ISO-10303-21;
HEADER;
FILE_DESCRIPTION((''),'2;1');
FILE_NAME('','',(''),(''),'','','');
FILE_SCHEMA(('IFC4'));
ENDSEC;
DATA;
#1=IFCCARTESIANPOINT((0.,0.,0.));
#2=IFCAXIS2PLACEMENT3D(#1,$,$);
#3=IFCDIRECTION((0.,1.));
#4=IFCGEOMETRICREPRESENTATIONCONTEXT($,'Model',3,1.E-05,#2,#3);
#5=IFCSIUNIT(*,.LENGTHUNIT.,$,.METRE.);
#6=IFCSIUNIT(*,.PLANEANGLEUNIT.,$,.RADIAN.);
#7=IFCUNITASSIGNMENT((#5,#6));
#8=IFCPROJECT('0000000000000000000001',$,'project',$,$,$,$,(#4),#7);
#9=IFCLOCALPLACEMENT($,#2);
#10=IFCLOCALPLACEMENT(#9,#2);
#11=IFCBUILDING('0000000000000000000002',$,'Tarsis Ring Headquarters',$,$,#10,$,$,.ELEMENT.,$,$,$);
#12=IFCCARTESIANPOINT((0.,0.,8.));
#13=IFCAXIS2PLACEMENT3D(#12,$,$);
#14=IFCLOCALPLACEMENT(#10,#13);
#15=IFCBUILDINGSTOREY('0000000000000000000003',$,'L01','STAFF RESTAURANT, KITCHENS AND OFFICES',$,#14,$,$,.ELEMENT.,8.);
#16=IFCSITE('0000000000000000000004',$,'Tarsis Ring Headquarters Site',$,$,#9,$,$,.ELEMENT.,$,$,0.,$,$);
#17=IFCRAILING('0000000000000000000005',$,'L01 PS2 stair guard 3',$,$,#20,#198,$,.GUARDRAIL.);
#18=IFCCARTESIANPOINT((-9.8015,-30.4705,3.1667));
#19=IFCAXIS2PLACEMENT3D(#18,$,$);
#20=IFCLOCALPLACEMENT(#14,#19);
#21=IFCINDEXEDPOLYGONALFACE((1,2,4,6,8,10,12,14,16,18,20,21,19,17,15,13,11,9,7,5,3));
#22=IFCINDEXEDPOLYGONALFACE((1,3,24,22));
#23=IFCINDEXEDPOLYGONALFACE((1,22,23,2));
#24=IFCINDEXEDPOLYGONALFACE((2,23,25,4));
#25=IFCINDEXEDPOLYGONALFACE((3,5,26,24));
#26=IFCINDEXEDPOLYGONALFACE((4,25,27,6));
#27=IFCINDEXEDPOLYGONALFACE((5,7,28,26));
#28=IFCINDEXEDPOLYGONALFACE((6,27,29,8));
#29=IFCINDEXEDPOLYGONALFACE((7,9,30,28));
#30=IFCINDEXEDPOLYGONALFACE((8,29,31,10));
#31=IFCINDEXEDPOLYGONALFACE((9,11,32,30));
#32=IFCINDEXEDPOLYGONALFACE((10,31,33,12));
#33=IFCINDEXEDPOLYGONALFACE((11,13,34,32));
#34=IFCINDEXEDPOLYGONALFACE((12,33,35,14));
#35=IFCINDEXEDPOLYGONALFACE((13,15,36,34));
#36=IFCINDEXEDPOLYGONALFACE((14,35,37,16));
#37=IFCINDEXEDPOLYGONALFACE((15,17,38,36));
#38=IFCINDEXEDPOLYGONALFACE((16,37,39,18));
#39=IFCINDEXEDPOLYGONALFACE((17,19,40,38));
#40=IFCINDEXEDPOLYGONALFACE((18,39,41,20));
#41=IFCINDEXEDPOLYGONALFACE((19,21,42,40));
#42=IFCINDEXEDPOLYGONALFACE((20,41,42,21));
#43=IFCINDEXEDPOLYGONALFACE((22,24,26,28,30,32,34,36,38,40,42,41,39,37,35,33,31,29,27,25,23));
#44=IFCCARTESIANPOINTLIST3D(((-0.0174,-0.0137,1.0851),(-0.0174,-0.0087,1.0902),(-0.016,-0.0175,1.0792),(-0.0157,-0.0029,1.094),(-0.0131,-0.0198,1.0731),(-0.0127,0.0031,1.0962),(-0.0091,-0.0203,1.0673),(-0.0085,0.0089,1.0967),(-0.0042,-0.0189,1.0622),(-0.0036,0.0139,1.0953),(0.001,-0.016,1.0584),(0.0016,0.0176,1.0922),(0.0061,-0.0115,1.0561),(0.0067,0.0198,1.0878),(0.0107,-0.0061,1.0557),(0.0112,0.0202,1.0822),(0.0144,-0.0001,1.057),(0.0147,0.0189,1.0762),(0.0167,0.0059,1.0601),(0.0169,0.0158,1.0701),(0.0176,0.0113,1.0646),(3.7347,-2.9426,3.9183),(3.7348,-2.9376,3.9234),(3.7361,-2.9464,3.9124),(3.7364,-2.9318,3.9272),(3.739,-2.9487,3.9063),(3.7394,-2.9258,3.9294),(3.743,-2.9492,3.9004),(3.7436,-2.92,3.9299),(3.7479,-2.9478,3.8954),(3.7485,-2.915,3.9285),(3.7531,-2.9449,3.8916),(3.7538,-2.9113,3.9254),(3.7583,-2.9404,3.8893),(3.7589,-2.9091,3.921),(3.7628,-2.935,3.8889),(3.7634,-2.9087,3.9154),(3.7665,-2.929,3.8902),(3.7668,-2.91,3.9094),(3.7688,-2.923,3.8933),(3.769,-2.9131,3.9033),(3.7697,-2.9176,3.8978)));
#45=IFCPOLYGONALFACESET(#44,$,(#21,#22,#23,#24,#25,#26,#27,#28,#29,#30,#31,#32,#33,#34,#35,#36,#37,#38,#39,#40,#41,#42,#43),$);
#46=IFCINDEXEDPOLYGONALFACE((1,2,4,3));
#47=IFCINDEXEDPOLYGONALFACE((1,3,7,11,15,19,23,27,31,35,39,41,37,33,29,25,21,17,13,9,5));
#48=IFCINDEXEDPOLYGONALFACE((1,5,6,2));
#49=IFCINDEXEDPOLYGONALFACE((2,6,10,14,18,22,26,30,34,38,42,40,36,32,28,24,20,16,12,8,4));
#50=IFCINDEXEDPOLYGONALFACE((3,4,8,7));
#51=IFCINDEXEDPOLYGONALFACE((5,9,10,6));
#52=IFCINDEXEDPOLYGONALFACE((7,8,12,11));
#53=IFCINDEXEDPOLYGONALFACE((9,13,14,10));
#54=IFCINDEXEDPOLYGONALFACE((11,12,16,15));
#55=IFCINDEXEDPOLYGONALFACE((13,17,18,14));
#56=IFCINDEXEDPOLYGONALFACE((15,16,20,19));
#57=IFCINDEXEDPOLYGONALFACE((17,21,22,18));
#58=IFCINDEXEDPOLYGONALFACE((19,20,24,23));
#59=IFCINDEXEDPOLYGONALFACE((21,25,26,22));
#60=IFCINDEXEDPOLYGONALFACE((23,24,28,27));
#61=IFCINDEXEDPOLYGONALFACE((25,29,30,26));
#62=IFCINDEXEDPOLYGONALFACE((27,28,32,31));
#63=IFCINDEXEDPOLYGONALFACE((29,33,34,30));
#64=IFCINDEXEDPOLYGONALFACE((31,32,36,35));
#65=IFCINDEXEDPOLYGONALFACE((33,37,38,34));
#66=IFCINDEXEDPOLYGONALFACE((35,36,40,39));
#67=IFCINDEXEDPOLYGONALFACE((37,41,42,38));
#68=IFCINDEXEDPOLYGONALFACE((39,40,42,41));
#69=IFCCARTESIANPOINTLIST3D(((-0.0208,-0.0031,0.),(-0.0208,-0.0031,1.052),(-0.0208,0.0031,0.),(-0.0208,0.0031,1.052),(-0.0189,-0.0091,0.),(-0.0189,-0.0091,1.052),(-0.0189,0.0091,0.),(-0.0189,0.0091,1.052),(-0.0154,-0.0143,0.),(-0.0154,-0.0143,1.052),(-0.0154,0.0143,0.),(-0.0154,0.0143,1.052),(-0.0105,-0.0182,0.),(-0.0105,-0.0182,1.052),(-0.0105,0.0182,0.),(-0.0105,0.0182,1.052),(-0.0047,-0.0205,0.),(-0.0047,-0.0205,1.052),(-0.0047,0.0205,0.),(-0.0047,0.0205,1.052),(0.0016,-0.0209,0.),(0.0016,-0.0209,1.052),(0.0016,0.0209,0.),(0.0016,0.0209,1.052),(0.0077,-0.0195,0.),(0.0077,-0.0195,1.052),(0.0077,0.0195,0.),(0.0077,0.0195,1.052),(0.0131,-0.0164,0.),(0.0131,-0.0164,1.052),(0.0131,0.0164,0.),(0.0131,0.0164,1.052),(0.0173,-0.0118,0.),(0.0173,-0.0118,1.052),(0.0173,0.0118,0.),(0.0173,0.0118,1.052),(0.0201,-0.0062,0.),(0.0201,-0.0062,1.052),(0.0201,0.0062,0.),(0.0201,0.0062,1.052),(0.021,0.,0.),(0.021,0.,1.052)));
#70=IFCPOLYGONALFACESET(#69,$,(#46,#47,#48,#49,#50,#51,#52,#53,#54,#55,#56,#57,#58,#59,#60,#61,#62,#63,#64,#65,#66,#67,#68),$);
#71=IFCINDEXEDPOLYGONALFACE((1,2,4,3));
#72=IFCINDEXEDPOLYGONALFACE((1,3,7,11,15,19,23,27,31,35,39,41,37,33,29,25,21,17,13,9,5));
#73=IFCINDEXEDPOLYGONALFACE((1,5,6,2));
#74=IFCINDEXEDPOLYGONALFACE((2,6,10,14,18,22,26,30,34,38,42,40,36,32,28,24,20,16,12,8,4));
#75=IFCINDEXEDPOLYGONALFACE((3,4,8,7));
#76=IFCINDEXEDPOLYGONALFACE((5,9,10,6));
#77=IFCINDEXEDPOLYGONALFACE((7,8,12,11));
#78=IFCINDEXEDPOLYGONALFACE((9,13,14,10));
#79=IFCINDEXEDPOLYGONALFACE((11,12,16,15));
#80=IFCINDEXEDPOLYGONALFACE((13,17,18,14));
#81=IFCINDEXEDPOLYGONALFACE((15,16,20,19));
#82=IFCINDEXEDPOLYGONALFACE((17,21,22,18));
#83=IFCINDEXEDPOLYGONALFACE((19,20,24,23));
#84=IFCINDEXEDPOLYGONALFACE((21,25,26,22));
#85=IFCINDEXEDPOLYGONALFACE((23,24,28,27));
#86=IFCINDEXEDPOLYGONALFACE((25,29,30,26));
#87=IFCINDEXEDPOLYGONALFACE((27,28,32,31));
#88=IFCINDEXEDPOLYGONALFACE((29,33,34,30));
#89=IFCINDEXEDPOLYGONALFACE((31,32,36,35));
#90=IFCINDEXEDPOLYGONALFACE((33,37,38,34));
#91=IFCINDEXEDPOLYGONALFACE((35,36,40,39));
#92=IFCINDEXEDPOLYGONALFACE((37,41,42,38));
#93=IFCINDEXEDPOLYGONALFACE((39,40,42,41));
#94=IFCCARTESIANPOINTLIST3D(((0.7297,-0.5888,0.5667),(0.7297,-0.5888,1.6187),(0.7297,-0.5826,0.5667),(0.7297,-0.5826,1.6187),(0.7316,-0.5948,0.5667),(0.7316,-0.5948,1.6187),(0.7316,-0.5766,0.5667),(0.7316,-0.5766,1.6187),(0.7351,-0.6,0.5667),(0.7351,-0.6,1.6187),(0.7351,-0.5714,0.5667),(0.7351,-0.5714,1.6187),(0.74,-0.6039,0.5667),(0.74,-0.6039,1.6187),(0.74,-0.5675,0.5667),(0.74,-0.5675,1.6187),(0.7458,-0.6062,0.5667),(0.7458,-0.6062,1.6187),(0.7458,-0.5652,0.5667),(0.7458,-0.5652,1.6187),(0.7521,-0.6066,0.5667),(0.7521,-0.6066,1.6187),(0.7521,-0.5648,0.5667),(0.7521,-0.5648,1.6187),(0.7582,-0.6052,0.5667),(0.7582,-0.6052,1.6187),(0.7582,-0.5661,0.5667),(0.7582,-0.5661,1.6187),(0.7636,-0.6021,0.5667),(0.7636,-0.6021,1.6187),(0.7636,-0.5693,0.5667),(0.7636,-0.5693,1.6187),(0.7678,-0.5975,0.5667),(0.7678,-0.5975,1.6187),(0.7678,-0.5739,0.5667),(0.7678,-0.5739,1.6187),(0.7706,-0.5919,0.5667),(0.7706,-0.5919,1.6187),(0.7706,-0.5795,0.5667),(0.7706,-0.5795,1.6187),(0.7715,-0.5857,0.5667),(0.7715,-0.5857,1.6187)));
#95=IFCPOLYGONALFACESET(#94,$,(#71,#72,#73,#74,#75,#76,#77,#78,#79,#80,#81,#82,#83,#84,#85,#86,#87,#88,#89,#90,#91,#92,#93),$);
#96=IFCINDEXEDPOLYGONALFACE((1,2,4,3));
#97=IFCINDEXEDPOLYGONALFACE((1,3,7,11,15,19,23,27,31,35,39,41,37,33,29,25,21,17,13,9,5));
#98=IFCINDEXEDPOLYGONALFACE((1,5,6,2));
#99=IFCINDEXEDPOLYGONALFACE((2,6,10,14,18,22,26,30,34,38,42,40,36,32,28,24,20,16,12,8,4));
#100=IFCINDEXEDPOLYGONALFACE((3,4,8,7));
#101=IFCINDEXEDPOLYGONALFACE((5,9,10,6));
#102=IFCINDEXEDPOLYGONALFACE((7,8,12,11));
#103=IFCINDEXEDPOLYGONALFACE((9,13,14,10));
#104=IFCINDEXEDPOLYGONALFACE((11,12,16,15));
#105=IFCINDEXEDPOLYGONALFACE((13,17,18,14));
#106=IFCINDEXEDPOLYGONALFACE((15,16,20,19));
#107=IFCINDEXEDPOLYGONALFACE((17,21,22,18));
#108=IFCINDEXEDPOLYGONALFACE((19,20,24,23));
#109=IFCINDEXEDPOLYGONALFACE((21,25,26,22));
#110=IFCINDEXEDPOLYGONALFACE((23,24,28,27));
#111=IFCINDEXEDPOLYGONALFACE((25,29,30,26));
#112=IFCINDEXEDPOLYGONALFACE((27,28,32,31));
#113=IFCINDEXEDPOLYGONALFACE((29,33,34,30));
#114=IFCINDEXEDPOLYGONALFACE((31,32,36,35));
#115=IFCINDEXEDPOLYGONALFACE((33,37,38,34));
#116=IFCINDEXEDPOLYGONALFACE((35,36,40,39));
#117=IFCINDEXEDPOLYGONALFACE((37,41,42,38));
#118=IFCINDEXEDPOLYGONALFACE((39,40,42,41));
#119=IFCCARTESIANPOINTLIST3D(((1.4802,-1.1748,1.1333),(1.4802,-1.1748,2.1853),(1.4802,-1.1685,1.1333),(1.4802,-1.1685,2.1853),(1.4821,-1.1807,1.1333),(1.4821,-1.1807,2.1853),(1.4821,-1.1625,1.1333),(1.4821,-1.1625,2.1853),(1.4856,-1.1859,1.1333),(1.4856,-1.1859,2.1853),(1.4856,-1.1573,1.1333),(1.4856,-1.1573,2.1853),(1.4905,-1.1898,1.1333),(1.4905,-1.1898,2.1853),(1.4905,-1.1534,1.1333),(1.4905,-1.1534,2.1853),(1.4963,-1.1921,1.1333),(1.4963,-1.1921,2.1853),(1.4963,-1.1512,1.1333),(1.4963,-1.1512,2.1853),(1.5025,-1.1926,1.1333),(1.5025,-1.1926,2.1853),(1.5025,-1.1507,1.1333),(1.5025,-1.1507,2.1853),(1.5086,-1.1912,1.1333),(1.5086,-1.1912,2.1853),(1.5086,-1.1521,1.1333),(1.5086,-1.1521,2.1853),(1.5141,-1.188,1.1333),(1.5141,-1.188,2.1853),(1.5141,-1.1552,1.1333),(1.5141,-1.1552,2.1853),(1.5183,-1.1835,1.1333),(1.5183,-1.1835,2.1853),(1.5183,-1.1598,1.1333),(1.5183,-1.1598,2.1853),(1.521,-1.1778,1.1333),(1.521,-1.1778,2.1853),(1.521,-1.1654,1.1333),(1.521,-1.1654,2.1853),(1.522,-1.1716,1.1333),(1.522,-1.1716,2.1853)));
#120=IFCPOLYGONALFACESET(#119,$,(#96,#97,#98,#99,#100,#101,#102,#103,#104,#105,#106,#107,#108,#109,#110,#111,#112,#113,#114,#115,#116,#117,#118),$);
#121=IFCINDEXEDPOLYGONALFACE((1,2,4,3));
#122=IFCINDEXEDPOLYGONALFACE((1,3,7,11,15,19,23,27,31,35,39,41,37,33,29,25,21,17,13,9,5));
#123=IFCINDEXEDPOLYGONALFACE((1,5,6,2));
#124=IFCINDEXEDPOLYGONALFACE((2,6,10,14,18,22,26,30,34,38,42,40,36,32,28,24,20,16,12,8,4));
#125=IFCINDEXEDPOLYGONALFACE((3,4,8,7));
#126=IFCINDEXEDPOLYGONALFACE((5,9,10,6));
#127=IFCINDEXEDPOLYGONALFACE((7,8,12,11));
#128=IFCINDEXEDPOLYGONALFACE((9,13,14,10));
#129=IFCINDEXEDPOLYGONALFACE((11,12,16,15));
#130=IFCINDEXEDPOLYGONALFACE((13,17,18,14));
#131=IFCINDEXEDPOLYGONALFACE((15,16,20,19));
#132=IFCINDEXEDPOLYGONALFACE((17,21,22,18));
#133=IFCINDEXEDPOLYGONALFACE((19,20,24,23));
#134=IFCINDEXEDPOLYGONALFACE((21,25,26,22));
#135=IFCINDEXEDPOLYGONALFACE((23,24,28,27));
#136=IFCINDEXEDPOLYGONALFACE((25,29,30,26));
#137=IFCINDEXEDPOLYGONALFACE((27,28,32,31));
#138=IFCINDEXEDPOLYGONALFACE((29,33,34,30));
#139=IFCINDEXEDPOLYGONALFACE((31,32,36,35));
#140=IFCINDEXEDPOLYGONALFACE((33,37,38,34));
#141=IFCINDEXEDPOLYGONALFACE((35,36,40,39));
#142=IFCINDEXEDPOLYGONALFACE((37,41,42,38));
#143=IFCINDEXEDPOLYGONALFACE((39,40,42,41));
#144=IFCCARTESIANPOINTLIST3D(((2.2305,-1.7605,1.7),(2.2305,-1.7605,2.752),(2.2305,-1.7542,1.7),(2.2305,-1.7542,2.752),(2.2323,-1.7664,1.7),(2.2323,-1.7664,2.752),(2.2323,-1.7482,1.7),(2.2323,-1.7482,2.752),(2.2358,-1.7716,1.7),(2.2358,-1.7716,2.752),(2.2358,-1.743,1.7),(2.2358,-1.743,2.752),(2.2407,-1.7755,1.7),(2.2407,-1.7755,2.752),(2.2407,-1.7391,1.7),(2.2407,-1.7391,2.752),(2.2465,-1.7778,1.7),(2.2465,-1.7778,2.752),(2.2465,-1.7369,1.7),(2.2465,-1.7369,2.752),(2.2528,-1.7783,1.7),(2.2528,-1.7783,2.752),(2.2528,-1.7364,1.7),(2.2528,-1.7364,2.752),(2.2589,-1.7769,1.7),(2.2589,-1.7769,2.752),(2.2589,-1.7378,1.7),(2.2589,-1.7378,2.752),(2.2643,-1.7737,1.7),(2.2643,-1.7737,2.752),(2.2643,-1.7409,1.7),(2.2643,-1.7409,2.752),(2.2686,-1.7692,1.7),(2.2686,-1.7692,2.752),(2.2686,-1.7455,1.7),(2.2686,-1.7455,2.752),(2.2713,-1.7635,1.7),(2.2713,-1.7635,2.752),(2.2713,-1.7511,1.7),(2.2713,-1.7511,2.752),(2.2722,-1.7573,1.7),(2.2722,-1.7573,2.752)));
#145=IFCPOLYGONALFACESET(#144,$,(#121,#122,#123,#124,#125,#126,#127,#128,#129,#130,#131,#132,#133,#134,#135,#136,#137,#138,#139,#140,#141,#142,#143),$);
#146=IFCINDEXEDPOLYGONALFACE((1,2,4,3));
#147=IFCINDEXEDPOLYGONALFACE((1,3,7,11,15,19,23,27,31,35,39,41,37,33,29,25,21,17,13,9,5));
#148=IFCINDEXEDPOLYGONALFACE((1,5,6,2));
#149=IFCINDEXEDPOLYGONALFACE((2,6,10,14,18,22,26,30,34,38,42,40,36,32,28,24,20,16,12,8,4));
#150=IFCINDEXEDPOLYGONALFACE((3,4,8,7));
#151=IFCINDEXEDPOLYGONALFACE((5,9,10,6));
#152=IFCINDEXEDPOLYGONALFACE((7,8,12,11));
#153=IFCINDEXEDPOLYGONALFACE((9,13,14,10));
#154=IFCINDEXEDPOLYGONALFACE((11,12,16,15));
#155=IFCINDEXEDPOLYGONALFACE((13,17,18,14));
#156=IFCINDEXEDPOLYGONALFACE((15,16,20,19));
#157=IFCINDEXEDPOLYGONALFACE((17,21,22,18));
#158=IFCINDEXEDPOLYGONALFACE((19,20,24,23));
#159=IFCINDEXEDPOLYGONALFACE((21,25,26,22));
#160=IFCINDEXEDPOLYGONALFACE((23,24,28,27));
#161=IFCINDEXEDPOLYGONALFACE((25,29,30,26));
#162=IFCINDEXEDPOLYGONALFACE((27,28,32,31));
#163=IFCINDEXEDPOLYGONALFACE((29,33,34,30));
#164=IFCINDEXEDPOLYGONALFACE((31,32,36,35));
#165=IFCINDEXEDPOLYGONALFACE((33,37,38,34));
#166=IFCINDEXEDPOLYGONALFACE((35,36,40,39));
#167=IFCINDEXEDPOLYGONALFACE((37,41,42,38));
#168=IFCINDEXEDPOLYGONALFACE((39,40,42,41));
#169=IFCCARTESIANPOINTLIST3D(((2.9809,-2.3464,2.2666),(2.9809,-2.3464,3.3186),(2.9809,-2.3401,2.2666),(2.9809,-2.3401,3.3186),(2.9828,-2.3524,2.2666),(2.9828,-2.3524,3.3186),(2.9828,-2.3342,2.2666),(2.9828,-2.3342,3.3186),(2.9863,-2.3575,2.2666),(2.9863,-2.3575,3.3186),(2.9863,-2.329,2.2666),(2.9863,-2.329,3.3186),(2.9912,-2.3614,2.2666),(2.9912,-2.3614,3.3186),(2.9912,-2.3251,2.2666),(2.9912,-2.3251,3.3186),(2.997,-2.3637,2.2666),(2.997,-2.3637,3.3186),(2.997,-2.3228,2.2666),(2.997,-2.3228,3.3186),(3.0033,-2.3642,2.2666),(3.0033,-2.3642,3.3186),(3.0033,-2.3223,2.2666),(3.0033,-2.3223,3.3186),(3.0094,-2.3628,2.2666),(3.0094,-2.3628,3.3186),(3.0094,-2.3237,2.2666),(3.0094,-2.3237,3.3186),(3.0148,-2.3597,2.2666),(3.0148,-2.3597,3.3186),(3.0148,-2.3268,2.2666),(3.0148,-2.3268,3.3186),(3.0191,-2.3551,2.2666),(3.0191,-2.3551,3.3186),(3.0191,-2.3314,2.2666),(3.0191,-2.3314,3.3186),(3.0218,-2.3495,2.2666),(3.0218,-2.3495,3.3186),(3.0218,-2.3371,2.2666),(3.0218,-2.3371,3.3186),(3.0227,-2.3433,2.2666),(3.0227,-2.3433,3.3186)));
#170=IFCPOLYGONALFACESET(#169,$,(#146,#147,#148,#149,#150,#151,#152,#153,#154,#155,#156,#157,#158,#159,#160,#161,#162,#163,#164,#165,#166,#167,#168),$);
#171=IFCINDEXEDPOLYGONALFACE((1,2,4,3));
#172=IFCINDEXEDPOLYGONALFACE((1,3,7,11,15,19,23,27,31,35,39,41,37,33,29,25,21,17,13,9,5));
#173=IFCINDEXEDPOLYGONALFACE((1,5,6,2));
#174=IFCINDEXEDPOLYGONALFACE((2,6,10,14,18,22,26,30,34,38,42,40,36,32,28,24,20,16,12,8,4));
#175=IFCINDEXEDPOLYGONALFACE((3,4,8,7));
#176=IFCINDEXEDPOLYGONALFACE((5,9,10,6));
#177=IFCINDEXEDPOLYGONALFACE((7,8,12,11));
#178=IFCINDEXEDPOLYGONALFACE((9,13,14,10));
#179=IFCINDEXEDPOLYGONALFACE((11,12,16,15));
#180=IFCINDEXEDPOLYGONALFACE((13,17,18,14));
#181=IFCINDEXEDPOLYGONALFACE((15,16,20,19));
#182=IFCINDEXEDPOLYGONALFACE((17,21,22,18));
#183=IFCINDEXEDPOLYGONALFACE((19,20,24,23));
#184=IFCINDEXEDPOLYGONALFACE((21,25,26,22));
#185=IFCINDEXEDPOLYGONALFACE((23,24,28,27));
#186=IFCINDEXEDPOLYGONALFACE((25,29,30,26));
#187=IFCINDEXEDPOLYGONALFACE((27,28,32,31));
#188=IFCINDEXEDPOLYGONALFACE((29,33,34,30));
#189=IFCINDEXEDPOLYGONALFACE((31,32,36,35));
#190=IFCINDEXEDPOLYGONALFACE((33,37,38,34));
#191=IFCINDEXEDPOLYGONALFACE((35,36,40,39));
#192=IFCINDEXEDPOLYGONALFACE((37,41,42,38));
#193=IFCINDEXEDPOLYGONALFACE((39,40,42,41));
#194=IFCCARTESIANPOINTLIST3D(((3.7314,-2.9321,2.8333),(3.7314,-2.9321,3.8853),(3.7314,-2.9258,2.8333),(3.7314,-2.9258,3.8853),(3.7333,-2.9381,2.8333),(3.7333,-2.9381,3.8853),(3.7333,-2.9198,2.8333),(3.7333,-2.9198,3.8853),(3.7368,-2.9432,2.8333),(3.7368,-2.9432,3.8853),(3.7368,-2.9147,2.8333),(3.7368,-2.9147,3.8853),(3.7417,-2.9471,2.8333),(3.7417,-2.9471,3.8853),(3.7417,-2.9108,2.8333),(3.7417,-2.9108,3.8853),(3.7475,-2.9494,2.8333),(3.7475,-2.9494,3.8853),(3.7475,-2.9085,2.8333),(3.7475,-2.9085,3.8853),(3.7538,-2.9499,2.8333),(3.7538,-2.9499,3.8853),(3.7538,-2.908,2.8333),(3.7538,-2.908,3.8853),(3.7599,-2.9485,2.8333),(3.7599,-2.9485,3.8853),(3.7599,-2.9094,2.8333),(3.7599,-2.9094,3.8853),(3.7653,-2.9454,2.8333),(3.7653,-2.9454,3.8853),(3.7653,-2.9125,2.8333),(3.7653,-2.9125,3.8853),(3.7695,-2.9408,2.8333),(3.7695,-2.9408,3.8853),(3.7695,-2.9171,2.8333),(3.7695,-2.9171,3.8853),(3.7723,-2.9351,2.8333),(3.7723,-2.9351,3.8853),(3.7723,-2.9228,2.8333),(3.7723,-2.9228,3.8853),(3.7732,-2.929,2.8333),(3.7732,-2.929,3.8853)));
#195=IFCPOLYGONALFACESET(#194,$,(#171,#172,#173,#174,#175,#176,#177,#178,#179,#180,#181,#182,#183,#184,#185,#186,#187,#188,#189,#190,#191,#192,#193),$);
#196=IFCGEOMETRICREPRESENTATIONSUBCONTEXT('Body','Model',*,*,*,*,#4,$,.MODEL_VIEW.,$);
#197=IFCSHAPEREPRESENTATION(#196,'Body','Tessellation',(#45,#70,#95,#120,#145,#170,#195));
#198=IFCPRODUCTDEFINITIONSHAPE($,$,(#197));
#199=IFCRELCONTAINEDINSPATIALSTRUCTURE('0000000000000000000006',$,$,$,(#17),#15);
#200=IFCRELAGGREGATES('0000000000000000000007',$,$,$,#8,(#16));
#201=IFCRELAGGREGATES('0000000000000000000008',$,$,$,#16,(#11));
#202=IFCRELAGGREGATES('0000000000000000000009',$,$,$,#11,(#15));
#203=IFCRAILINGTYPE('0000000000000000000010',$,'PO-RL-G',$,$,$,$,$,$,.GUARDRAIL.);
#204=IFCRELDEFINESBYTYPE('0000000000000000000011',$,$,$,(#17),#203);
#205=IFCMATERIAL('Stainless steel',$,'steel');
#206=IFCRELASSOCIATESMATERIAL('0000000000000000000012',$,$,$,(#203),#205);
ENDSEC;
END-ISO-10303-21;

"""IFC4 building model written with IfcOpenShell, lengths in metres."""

from ifc_helpers import new_model, si_unit, direction, frame, origin, origin_2d, place, context, subcontext, project, spatial, circle, extrude, material, type_object, element, save


model = new_model("IFC4")

# Units and contexts
model_context = context("Model", 3, precision=1e-05, world=origin(), true_north=direction((0.0, 1.0)))
body_context = subcontext(model_context, "Body", "Model", "MODEL_VIEW")
ifc_project = project(units=[si_unit("LENGTHUNIT", "METRE"), si_unit("PLANEANGLEUNIT", "RADIAN")], contexts=[model_context])

# Site, building, storey
site_placement = place(None, origin())
site = spatial("IfcSite", under=ifc_project, at=site_placement, Name="Tarsis Ring Headquarters Site", CompositionType="ELEMENT", RefElevation=0.0)
building_placement = place(site_placement, origin())
building = spatial("IfcBuilding", under=site, at=building_placement, Name="Tarsis Ring Headquarters", CompositionType="ELEMENT")
storey_placement = place(building_placement, frame((0.0, 0.0, 8.0)))
storey = spatial("IfcBuildingStorey", under=building, at=storey_placement, Name="L01", Description="STAFF RESTAURANT, KITCHENS AND OFFICES", CompositionType="ELEMENT", Elevation=8.0)

# Railing
ifc_material_1 = material(Name="Stainless steel", Category="steel")
railing_type_1 = type_object("IfcRailingType", Name="PO-RL-G", PredefinedType="GUARDRAIL", material=ifc_material_1)
railing_1_placement = place(storey_placement, frame((-9.8015, -30.4705, 3.1667)))
element("IfcRailing", 1, at=railing_1_placement, inside=storey, type_object=railing_type_1, Name="L01 PS2 stair guard 3", PredefinedType="GUARDRAIL", context=body_context, shape_type="SweptSolid", body=[
    extrude(circle(Radius=0.0239, at=origin_2d()), frame((0.0, 0.0, 1.0762), z_axis=(0.677364, -0.528748, 0.511472), x_axis=(0.615324, 0.788274, 0.0)), (0.0, 0.0, 1.0), 5.5393),
    extrude(circle(Radius=0.021, at=origin_2d()), origin(), (0.0, 0.0, 1.0), 1.052),
    extrude(circle(Radius=0.021, at=origin_2d()), frame((0.7505, -0.5857, 0.5667)), (0.0, 0.0, 1.0), 1.052),
    extrude(circle(Radius=0.021, at=origin_2d()), frame((1.501, -1.1716, 1.1333)), (0.0, 0.0, 1.0), 1.052),
    extrude(circle(Radius=0.021, at=origin_2d()), frame((2.2512, -1.7573, 1.7)), (0.0, 0.0, 1.0), 1.052),
    extrude(circle(Radius=0.021, at=origin_2d()), frame((3.0017, -2.3433, 2.2666)), (0.0, 0.0, 1.0), 1.052),
    extrude(circle(Radius=0.021, at=origin_2d()), frame((3.7522, -2.929, 2.8333)), (0.0, 0.0, 1.0), 1.052),
])

save(model, "model.ifc")
